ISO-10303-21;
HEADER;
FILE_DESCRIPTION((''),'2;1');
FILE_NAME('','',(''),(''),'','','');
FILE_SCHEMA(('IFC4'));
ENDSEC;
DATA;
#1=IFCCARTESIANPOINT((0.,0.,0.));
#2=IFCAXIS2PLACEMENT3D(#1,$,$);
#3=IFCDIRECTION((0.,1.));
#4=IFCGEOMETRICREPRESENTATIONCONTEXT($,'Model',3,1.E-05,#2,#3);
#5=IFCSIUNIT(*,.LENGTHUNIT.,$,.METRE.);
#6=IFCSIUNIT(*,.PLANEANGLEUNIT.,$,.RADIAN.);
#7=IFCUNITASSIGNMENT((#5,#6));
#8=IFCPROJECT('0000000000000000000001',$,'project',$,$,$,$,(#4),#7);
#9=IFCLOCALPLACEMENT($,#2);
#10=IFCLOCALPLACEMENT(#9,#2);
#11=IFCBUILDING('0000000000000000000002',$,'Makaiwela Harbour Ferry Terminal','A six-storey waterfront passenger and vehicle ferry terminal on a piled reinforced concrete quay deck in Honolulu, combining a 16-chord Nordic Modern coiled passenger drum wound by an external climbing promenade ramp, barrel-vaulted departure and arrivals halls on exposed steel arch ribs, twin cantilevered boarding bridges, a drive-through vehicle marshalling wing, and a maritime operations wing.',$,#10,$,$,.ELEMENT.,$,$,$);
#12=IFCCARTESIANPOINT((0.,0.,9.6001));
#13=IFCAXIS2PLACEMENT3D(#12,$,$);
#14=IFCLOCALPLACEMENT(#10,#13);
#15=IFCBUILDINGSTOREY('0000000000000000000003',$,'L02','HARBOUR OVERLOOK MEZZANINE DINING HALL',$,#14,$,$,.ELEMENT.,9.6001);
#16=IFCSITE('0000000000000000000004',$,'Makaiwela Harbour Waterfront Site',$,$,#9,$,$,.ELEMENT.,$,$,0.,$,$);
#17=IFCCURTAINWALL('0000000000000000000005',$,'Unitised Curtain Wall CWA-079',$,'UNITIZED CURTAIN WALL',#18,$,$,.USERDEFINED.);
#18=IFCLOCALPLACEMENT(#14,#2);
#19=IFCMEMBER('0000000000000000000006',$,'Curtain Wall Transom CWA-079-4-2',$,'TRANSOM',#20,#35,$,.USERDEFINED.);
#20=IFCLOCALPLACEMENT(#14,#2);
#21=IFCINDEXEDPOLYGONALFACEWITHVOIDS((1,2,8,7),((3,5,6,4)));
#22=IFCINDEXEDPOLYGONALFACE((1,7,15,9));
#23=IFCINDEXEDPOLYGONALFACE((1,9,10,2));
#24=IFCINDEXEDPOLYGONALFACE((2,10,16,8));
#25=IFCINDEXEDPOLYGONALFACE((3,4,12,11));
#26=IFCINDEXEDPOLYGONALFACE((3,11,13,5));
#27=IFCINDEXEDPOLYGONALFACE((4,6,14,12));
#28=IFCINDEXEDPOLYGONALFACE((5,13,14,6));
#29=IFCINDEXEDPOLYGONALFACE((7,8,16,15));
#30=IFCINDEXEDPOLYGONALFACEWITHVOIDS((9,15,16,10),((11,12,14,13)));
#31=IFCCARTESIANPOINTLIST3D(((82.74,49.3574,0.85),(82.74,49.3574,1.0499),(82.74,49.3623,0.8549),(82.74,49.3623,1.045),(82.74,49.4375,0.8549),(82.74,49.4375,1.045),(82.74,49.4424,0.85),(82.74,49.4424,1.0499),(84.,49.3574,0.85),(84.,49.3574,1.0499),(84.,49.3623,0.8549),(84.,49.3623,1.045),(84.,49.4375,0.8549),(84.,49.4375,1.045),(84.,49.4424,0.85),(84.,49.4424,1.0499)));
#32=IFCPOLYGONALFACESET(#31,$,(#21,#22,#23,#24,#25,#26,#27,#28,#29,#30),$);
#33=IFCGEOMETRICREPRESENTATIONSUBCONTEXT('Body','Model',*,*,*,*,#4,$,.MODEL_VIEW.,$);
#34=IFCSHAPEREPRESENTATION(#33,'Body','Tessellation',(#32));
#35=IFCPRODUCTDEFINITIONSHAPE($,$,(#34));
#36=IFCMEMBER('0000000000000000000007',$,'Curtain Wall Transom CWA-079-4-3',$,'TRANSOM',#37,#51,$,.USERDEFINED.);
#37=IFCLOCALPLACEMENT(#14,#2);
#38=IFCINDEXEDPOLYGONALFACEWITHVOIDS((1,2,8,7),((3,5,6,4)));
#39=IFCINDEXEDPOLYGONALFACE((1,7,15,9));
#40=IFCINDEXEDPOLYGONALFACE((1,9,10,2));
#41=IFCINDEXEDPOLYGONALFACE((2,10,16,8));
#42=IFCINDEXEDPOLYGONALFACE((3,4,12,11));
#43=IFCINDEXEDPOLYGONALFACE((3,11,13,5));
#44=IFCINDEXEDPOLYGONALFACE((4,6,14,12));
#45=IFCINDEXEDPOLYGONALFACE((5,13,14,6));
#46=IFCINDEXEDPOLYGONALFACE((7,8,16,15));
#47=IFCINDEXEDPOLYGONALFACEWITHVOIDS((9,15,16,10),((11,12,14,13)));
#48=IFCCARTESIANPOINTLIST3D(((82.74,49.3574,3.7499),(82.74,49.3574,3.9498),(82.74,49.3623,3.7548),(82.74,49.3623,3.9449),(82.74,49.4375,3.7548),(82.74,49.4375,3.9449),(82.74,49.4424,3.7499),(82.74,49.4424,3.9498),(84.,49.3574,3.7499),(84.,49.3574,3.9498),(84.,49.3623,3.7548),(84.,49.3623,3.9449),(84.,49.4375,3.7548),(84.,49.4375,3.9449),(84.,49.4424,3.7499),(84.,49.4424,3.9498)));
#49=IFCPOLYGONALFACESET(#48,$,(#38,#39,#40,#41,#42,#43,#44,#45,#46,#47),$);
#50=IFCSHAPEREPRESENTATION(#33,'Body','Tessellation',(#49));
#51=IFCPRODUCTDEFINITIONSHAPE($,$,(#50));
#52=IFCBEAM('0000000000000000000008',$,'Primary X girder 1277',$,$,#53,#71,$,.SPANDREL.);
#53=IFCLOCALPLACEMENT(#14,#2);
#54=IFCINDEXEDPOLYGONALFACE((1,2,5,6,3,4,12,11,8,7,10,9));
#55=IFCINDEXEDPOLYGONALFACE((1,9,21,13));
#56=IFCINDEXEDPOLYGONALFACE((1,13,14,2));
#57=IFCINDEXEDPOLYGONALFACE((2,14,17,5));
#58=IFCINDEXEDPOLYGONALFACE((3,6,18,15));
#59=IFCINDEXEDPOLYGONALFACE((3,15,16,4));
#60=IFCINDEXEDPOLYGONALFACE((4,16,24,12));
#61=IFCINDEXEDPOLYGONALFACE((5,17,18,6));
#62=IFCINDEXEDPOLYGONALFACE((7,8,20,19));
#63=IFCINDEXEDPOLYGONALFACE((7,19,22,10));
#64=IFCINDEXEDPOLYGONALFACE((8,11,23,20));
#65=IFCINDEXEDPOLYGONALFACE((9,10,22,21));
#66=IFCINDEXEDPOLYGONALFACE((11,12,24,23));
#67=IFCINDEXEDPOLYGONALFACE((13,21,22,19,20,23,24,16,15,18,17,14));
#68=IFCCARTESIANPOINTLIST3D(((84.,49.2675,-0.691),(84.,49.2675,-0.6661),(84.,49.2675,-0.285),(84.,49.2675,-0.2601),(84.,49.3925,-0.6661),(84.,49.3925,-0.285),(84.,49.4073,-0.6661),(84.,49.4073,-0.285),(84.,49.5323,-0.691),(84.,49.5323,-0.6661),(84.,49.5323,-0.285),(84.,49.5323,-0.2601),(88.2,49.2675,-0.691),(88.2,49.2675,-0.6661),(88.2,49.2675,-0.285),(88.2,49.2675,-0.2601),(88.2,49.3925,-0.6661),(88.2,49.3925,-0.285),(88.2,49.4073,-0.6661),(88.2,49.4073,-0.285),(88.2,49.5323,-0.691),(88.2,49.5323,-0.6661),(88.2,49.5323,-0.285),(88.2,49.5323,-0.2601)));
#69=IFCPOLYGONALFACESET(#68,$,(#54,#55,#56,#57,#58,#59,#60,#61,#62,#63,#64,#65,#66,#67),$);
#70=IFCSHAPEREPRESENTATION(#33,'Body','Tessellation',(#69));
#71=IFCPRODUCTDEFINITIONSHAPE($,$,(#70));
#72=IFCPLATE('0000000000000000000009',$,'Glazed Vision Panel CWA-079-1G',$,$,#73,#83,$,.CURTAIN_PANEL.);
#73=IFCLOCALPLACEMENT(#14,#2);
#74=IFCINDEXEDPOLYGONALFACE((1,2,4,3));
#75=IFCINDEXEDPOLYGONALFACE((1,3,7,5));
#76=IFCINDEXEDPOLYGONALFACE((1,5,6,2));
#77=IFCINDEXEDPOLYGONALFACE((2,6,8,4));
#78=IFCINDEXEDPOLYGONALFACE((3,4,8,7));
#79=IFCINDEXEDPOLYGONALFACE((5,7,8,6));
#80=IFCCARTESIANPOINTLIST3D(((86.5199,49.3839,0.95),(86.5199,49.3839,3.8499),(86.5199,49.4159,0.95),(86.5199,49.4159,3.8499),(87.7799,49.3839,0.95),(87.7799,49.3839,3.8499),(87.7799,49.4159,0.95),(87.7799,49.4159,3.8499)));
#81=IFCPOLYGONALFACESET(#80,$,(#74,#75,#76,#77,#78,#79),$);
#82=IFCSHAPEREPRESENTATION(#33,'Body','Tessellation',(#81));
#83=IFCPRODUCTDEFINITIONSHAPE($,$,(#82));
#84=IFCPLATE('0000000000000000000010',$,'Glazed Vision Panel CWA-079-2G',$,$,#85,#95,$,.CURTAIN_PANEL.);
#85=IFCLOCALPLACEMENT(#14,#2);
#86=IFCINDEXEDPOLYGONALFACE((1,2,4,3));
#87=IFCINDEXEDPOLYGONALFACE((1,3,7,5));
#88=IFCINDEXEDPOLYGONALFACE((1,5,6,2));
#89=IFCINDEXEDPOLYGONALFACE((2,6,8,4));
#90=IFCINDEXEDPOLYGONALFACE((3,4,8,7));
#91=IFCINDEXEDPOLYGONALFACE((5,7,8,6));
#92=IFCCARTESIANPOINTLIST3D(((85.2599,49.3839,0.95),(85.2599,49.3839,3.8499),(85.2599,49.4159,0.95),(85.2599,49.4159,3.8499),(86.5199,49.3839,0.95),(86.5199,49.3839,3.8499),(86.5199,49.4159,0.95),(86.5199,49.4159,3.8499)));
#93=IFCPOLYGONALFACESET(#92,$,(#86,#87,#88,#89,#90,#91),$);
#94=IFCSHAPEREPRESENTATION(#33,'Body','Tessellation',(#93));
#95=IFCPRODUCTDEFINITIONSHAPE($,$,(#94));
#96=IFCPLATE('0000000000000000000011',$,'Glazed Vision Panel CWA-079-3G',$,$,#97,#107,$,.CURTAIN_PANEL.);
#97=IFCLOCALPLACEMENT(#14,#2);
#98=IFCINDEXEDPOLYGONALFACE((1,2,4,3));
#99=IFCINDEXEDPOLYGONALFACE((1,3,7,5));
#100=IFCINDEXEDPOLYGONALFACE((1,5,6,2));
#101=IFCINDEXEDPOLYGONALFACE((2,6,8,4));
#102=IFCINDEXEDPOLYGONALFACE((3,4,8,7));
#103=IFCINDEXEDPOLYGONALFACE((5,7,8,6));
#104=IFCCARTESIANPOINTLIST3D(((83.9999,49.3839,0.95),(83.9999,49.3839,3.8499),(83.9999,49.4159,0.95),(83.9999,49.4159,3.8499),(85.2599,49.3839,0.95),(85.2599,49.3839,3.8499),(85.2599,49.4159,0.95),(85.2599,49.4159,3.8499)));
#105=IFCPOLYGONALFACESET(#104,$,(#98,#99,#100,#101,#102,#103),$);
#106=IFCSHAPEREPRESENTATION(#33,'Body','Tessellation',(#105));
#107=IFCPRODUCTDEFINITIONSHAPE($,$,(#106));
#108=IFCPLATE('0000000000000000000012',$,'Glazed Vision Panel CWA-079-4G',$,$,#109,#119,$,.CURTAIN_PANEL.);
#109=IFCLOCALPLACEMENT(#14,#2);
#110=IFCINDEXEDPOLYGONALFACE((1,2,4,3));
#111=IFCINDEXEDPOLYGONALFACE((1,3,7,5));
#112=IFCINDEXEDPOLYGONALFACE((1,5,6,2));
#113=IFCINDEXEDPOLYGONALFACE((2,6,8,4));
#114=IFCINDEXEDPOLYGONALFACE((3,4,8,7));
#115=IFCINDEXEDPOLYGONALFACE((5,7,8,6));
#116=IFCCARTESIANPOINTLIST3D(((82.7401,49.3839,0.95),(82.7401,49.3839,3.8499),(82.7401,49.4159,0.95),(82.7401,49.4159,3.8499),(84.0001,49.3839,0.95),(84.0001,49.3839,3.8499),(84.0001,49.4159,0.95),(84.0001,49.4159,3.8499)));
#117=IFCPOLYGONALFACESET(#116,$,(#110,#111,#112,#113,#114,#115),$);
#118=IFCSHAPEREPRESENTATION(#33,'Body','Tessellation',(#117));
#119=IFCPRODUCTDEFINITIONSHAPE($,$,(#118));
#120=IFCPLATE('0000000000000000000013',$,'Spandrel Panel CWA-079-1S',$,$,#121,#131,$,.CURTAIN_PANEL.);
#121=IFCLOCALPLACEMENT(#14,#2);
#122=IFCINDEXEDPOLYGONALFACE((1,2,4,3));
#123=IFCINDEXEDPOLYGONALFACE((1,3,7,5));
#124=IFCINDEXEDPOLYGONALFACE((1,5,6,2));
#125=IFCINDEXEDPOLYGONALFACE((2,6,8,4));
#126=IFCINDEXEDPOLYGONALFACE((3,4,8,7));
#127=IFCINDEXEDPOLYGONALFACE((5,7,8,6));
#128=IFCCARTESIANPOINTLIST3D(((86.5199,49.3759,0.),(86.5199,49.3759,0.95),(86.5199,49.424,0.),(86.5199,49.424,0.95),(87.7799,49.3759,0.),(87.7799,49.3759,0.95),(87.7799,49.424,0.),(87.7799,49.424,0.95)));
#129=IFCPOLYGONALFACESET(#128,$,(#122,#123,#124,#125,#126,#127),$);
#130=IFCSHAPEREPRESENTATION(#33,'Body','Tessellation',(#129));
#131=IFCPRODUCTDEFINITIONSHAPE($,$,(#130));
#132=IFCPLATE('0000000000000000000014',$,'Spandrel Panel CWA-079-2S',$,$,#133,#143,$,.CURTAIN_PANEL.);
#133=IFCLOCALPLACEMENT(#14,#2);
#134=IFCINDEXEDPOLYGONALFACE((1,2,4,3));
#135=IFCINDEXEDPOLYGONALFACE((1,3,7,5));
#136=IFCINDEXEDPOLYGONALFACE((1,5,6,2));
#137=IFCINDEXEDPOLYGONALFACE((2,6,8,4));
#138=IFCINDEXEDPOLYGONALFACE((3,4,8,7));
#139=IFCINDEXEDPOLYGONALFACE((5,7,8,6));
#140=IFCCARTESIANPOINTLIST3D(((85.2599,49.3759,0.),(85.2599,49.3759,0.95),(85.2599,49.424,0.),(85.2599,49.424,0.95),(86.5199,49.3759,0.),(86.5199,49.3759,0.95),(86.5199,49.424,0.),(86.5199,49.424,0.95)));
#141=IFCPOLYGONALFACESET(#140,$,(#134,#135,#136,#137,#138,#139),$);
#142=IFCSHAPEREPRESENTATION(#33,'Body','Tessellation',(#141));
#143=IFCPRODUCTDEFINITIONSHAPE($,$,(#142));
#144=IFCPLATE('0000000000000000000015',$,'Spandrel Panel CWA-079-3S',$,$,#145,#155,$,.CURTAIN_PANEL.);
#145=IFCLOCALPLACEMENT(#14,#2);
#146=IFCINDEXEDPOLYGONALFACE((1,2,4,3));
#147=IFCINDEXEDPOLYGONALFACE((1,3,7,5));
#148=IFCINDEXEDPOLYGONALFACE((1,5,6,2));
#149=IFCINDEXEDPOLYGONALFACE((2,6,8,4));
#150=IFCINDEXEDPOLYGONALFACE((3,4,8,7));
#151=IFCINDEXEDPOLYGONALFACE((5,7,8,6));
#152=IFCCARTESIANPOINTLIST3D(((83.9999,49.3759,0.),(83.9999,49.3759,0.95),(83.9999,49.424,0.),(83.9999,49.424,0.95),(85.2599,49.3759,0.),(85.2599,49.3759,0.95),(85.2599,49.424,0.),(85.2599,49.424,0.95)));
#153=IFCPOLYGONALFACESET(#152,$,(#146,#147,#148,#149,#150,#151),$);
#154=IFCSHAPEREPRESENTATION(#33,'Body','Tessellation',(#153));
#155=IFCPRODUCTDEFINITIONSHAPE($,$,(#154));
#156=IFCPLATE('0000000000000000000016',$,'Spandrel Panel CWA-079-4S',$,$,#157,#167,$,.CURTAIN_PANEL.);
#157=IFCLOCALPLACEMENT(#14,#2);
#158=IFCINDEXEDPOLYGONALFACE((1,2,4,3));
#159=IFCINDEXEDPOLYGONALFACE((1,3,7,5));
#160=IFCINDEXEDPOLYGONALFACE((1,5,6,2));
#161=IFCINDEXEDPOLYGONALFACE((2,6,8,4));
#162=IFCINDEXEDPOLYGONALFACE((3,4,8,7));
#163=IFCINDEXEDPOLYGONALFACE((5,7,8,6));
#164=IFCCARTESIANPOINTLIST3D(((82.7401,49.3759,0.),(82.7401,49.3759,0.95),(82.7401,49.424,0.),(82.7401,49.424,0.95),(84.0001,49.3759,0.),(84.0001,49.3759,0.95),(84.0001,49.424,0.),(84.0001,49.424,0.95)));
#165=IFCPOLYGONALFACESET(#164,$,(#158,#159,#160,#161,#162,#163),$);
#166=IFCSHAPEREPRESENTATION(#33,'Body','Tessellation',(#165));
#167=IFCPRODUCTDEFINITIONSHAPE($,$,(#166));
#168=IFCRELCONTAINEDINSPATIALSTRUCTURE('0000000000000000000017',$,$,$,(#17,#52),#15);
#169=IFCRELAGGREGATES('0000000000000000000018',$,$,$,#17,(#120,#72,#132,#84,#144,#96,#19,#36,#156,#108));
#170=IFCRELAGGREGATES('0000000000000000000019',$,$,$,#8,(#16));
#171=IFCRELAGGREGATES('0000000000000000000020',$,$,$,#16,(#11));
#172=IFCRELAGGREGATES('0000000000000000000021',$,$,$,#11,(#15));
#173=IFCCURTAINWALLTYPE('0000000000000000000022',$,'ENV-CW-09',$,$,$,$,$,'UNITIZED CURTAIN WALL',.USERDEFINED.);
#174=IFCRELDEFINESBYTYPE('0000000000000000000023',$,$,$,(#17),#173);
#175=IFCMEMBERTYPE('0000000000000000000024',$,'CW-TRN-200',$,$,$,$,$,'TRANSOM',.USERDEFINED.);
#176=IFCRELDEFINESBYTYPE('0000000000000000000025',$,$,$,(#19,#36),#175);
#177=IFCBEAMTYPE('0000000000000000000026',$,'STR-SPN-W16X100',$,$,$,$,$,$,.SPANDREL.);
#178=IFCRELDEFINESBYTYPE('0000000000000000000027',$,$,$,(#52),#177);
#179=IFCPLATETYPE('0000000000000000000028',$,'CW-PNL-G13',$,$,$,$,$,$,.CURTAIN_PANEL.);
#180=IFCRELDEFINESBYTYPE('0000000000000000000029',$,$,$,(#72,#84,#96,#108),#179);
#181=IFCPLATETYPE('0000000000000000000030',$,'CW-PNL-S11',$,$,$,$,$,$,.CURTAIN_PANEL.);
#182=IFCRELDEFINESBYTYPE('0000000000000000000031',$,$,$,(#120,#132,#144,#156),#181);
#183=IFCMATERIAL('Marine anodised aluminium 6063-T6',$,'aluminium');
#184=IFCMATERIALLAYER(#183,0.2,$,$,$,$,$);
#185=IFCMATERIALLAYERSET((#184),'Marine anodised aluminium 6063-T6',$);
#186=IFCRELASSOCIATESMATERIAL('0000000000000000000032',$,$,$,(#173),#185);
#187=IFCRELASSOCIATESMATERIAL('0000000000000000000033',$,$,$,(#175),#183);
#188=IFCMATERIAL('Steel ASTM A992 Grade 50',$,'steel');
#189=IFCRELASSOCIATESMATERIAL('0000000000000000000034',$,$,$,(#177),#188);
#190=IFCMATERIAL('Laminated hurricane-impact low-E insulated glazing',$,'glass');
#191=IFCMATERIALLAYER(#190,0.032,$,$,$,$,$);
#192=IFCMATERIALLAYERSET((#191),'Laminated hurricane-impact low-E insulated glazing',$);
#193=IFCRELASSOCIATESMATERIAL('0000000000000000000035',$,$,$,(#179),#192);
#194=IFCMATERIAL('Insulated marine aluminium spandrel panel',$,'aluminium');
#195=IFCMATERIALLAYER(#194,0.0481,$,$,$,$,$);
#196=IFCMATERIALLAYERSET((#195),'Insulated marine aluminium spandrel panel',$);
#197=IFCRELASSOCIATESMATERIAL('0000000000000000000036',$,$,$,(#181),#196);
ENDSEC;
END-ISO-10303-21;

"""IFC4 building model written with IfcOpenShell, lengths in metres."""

from ifc_helpers import new_model, si_unit, direction, frame, origin, origin_2d, place, context, subcontext, project, spatial, rectangle, hollow_rectangle, i_section, extrude, material, layer, layer_set, material_profile, profile_set, type_object, element, aggregate, save


model = new_model("IFC4")

# Units and contexts
model_context = context("Model", 3, precision=1e-05, world=origin(), true_north=direction((0.0, 1.0)))
body_context = subcontext(model_context, "Body", "Model", "MODEL_VIEW")
ifc_project = project(units=[si_unit("LENGTHUNIT", "METRE"), si_unit("PLANEANGLEUNIT", "RADIAN")], contexts=[model_context])

# Site, building, storey
site_placement = place(None, origin())
site = spatial("IfcSite", under=ifc_project, at=site_placement, Name="Makaiwela Harbour Waterfront Site", CompositionType="ELEMENT", RefElevation=0.0)
building_placement = place(site_placement, origin())
building = spatial("IfcBuilding", under=site, at=building_placement, Name="Makaiwela Harbour Ferry Terminal", Description="A six-storey waterfront passenger and vehicle ferry terminal on a piled reinforced concrete quay deck in Honolulu, combining a 16-chord Nordic Modern coiled passenger drum wound by an external climbing promenade ramp, barrel-vaulted departure and arrivals halls on exposed steel arch ribs, twin cantilevered boarding bridges, a drive-through vehicle marshalling wing, and a maritime operations wing.", CompositionType="ELEMENT")
storey_placement = place(building_placement, frame((0.0, 0.0, 9.6001)))
storey = spatial("IfcBuildingStorey", under=building, at=storey_placement, Name="L02", Description="HARBOUR OVERLOOK MEZZANINE DINING HALL", CompositionType="ELEMENT", Elevation=9.6001)

# Curtain wall, members
ifc_material_1 = material(Name="Marine anodised aluminium 6063-T6", Category="aluminium")
ifc_layer_1 = layer(ifc_material_1, 0.2)
ifc_layer_set_1 = layer_set([ifc_layer_1], Name="Marine anodised aluminium 6063-T6")
curtain_wall_type = type_object("IfcCurtainWallType", Name="ENV-CW-09", ElementType="UNITIZED CURTAIN WALL", PredefinedType="USERDEFINED", material=ifc_layer_set_1)
curtain_wall_placement = place(storey_placement, origin())
curtain_wall = element("IfcCurtainWall", 1, at=curtain_wall_placement, inside=storey, type_object=curtain_wall_type, Name="Unitised Curtain Wall CWA-079", ObjectType="UNITIZED CURTAIN WALL", PredefinedType="USERDEFINED")
ifc_material_profile_1 = material_profile(ifc_material_1, hollow_rectangle(XDim=0.085, YDim=0.2, WallThickness=0.0049, at=origin_2d()), Name="CWT-200X85")
ifc_profile_set_1 = profile_set([ifc_material_profile_1], Name="Marine anodised aluminium 6063-T6")
member_type_1 = type_object("IfcMemberType", Name="CW-TRN-200", ElementType="TRANSOM", PredefinedType="USERDEFINED", material=ifc_profile_set_1)
member_1_placement = place(storey_placement, frame((84.0, 49.3999, 0.95), z_axis=(-1.0, 0.0, 0.0), x_axis=(0.0, -1.0, 0.0)))
member_1 = element("IfcMember", 2, at=member_1_placement, type_object=member_type_1, Name="Curtain Wall Transom CWA-079-4-2", ObjectType="TRANSOM", PredefinedType="USERDEFINED", context=body_context, shape_type="SweptSolid", body=[
    extrude(hollow_rectangle(XDim=0.085, YDim=0.2, WallThickness=0.0049, at=origin_2d()), origin(), (0.0, 0.0, 1.0), 1.26),
])
member_2_placement = place(storey_placement, frame((84.0, 49.3999, 3.8499), z_axis=(-1.0, 0.0, 0.0), x_axis=(0.0, -1.0, 0.0)))
member_2 = element("IfcMember", 3, at=member_2_placement, type_object=member_type_1, Name="Curtain Wall Transom CWA-079-4-3", ObjectType="TRANSOM", PredefinedType="USERDEFINED", context=body_context, shape_type="SweptSolid", body=[
    extrude(hollow_rectangle(XDim=0.085, YDim=0.2, WallThickness=0.0049, at=origin_2d()), origin(), (0.0, 0.0, 1.0), 1.26),
])

# Beam
ifc_material_2 = material(Name="Steel ASTM A992 Grade 50", Category="steel")
ifc_material_profile_2 = material_profile(ifc_material_2, i_section(OverallWidth=0.2649, OverallDepth=0.4309, WebThickness=0.0149, FlangeThickness=0.0249, at=origin_2d()), Name="W16X100")
ifc_profile_set_2 = profile_set([ifc_material_profile_2], Name="Steel ASTM A992 Grade 50")
beam_type = type_object("IfcBeamType", Name="STR-SPN-W16X100", PredefinedType="SPANDREL", material=ifc_profile_set_2)
beam_placement = place(storey_placement, frame((84.0, 49.3999, -0.4756), z_axis=(1.0, 0.0, 0.0), x_axis=(0.0, 1.0, 0.0)))
element("IfcBeam", 4, at=beam_placement, inside=storey, type_object=beam_type, Name="Primary X girder 1277", PredefinedType="SPANDREL", context=body_context, shape_type="SweptSolid", body=[
    extrude(i_section(OverallWidth=0.2649, OverallDepth=0.4309, WebThickness=0.0149, FlangeThickness=0.0249, at=origin_2d()), origin(), (0.0, 0.0, 1.0), 4.2),
])

# Plates
ifc_material_3 = material(Name="Laminated hurricane-impact low-E insulated glazing", Category="glass")
ifc_layer_2 = layer(ifc_material_3, 0.032)
ifc_layer_set_2 = layer_set([ifc_layer_2], Name="Laminated hurricane-impact low-E insulated glazing")
plate_type_1 = type_object("IfcPlateType", Name="CW-PNL-G13", PredefinedType="CURTAIN_PANEL", material=ifc_layer_set_2)
plate_1_placement = place(storey_placement, frame((87.1499, 49.3999, 0.95), z_axis=(0.0, 0.0, 1.0), x_axis=(-1.0, 0.0, 0.0)))
plate_1 = element("IfcPlate", 5, at=plate_1_placement, type_object=plate_type_1, Name="Glazed Vision Panel CWA-079-1G", PredefinedType="CURTAIN_PANEL", context=body_context, shape_type="SweptSolid", body=[
    extrude(rectangle(XDim=1.26, YDim=0.032, at=origin_2d()), origin(), (0.0, 0.0, 1.0), 2.8999),
])
plate_2_placement = place(storey_placement, frame((85.8899, 49.3999, 0.95), z_axis=(0.0, 0.0, 1.0), x_axis=(-1.0, 0.0, 0.0)))
plate_2 = element("IfcPlate", 6, at=plate_2_placement, type_object=plate_type_1, Name="Glazed Vision Panel CWA-079-2G", PredefinedType="CURTAIN_PANEL", context=body_context, shape_type="SweptSolid", body=[
    extrude(rectangle(XDim=1.26, YDim=0.032, at=origin_2d()), origin(), (0.0, 0.0, 1.0), 2.8999),
])
plate_3_placement = place(storey_placement, frame((84.6299, 49.3999, 0.95), z_axis=(0.0, 0.0, 1.0), x_axis=(-1.0, 0.0, 0.0)))
plate_3 = element("IfcPlate", 7, at=plate_3_placement, type_object=plate_type_1, Name="Glazed Vision Panel CWA-079-3G", PredefinedType="CURTAIN_PANEL", context=body_context, shape_type="SweptSolid", body=[
    extrude(rectangle(XDim=1.26, YDim=0.032, at=origin_2d()), origin(), (0.0, 0.0, 1.0), 2.8999),
])
plate_4_placement = place(storey_placement, frame((83.3701, 49.3999, 0.95), z_axis=(0.0, 0.0, 1.0), x_axis=(-1.0, 0.0, 0.0)))
plate_4 = element("IfcPlate", 8, at=plate_4_placement, type_object=plate_type_1, Name="Glazed Vision Panel CWA-079-4G", PredefinedType="CURTAIN_PANEL", context=body_context, shape_type="SweptSolid", body=[
    extrude(rectangle(XDim=1.26, YDim=0.032, at=origin_2d()), origin(), (0.0, 0.0, 1.0), 2.8999),
])
ifc_material_4 = material(Name="Insulated marine aluminium spandrel panel", Category="aluminium")
ifc_layer_3 = layer(ifc_material_4, 0.0481)
ifc_layer_set_3 = layer_set([ifc_layer_3], Name="Insulated marine aluminium spandrel panel")
plate_type_2 = type_object("IfcPlateType", Name="CW-PNL-S11", PredefinedType="CURTAIN_PANEL", material=ifc_layer_set_3)
plate_5_placement = place(storey_placement, frame((87.1499, 49.3999, 0.0), z_axis=(0.0, 0.0, 1.0), x_axis=(-1.0, 0.0, 0.0)))
plate_5 = element("IfcPlate", 9, at=plate_5_placement, type_object=plate_type_2, Name="Spandrel Panel CWA-079-1S", PredefinedType="CURTAIN_PANEL", context=body_context, shape_type="SweptSolid", body=[
    extrude(rectangle(XDim=1.26, YDim=0.0481, at=origin_2d()), origin(), (0.0, 0.0, 1.0), 0.95),
])
plate_6_placement = place(storey_placement, frame((85.8899, 49.3999, 0.0), z_axis=(0.0, 0.0, 1.0), x_axis=(-1.0, 0.0, 0.0)))
plate_6 = element("IfcPlate", 10, at=plate_6_placement, type_object=plate_type_2, Name="Spandrel Panel CWA-079-2S", PredefinedType="CURTAIN_PANEL", context=body_context, shape_type="SweptSolid", body=[
    extrude(rectangle(XDim=1.26, YDim=0.0481, at=origin_2d()), origin(), (0.0, 0.0, 1.0), 0.95),
])
plate_7_placement = place(storey_placement, frame((84.6299, 49.3999, 0.0), z_axis=(0.0, 0.0, 1.0), x_axis=(-1.0, 0.0, 0.0)))
plate_7 = element("IfcPlate", 11, at=plate_7_placement, type_object=plate_type_2, Name="Spandrel Panel CWA-079-3S", PredefinedType="CURTAIN_PANEL", context=body_context, shape_type="SweptSolid", body=[
    extrude(rectangle(XDim=1.26, YDim=0.0481, at=origin_2d()), origin(), (0.0, 0.0, 1.0), 0.95),
])
plate_8_placement = place(storey_placement, frame((83.3701, 49.3999, 0.0), z_axis=(0.0, 0.0, 1.0), x_axis=(-1.0, 0.0, 0.0)))
plate_8 = element("IfcPlate", 12, at=plate_8_placement, type_object=plate_type_2, Name="Spandrel Panel CWA-079-4S", PredefinedType="CURTAIN_PANEL", context=body_context, shape_type="SweptSolid", body=[
    extrude(rectangle(XDim=1.26, YDim=0.0481, at=origin_2d()), origin(), (0.0, 0.0, 1.0), 0.95),
])
aggregate(curtain_wall, [plate_5, plate_1, plate_6, plate_2, plate_7, plate_3, member_1, member_2, plate_8, plate_4])

save(model, "model.ifc")
